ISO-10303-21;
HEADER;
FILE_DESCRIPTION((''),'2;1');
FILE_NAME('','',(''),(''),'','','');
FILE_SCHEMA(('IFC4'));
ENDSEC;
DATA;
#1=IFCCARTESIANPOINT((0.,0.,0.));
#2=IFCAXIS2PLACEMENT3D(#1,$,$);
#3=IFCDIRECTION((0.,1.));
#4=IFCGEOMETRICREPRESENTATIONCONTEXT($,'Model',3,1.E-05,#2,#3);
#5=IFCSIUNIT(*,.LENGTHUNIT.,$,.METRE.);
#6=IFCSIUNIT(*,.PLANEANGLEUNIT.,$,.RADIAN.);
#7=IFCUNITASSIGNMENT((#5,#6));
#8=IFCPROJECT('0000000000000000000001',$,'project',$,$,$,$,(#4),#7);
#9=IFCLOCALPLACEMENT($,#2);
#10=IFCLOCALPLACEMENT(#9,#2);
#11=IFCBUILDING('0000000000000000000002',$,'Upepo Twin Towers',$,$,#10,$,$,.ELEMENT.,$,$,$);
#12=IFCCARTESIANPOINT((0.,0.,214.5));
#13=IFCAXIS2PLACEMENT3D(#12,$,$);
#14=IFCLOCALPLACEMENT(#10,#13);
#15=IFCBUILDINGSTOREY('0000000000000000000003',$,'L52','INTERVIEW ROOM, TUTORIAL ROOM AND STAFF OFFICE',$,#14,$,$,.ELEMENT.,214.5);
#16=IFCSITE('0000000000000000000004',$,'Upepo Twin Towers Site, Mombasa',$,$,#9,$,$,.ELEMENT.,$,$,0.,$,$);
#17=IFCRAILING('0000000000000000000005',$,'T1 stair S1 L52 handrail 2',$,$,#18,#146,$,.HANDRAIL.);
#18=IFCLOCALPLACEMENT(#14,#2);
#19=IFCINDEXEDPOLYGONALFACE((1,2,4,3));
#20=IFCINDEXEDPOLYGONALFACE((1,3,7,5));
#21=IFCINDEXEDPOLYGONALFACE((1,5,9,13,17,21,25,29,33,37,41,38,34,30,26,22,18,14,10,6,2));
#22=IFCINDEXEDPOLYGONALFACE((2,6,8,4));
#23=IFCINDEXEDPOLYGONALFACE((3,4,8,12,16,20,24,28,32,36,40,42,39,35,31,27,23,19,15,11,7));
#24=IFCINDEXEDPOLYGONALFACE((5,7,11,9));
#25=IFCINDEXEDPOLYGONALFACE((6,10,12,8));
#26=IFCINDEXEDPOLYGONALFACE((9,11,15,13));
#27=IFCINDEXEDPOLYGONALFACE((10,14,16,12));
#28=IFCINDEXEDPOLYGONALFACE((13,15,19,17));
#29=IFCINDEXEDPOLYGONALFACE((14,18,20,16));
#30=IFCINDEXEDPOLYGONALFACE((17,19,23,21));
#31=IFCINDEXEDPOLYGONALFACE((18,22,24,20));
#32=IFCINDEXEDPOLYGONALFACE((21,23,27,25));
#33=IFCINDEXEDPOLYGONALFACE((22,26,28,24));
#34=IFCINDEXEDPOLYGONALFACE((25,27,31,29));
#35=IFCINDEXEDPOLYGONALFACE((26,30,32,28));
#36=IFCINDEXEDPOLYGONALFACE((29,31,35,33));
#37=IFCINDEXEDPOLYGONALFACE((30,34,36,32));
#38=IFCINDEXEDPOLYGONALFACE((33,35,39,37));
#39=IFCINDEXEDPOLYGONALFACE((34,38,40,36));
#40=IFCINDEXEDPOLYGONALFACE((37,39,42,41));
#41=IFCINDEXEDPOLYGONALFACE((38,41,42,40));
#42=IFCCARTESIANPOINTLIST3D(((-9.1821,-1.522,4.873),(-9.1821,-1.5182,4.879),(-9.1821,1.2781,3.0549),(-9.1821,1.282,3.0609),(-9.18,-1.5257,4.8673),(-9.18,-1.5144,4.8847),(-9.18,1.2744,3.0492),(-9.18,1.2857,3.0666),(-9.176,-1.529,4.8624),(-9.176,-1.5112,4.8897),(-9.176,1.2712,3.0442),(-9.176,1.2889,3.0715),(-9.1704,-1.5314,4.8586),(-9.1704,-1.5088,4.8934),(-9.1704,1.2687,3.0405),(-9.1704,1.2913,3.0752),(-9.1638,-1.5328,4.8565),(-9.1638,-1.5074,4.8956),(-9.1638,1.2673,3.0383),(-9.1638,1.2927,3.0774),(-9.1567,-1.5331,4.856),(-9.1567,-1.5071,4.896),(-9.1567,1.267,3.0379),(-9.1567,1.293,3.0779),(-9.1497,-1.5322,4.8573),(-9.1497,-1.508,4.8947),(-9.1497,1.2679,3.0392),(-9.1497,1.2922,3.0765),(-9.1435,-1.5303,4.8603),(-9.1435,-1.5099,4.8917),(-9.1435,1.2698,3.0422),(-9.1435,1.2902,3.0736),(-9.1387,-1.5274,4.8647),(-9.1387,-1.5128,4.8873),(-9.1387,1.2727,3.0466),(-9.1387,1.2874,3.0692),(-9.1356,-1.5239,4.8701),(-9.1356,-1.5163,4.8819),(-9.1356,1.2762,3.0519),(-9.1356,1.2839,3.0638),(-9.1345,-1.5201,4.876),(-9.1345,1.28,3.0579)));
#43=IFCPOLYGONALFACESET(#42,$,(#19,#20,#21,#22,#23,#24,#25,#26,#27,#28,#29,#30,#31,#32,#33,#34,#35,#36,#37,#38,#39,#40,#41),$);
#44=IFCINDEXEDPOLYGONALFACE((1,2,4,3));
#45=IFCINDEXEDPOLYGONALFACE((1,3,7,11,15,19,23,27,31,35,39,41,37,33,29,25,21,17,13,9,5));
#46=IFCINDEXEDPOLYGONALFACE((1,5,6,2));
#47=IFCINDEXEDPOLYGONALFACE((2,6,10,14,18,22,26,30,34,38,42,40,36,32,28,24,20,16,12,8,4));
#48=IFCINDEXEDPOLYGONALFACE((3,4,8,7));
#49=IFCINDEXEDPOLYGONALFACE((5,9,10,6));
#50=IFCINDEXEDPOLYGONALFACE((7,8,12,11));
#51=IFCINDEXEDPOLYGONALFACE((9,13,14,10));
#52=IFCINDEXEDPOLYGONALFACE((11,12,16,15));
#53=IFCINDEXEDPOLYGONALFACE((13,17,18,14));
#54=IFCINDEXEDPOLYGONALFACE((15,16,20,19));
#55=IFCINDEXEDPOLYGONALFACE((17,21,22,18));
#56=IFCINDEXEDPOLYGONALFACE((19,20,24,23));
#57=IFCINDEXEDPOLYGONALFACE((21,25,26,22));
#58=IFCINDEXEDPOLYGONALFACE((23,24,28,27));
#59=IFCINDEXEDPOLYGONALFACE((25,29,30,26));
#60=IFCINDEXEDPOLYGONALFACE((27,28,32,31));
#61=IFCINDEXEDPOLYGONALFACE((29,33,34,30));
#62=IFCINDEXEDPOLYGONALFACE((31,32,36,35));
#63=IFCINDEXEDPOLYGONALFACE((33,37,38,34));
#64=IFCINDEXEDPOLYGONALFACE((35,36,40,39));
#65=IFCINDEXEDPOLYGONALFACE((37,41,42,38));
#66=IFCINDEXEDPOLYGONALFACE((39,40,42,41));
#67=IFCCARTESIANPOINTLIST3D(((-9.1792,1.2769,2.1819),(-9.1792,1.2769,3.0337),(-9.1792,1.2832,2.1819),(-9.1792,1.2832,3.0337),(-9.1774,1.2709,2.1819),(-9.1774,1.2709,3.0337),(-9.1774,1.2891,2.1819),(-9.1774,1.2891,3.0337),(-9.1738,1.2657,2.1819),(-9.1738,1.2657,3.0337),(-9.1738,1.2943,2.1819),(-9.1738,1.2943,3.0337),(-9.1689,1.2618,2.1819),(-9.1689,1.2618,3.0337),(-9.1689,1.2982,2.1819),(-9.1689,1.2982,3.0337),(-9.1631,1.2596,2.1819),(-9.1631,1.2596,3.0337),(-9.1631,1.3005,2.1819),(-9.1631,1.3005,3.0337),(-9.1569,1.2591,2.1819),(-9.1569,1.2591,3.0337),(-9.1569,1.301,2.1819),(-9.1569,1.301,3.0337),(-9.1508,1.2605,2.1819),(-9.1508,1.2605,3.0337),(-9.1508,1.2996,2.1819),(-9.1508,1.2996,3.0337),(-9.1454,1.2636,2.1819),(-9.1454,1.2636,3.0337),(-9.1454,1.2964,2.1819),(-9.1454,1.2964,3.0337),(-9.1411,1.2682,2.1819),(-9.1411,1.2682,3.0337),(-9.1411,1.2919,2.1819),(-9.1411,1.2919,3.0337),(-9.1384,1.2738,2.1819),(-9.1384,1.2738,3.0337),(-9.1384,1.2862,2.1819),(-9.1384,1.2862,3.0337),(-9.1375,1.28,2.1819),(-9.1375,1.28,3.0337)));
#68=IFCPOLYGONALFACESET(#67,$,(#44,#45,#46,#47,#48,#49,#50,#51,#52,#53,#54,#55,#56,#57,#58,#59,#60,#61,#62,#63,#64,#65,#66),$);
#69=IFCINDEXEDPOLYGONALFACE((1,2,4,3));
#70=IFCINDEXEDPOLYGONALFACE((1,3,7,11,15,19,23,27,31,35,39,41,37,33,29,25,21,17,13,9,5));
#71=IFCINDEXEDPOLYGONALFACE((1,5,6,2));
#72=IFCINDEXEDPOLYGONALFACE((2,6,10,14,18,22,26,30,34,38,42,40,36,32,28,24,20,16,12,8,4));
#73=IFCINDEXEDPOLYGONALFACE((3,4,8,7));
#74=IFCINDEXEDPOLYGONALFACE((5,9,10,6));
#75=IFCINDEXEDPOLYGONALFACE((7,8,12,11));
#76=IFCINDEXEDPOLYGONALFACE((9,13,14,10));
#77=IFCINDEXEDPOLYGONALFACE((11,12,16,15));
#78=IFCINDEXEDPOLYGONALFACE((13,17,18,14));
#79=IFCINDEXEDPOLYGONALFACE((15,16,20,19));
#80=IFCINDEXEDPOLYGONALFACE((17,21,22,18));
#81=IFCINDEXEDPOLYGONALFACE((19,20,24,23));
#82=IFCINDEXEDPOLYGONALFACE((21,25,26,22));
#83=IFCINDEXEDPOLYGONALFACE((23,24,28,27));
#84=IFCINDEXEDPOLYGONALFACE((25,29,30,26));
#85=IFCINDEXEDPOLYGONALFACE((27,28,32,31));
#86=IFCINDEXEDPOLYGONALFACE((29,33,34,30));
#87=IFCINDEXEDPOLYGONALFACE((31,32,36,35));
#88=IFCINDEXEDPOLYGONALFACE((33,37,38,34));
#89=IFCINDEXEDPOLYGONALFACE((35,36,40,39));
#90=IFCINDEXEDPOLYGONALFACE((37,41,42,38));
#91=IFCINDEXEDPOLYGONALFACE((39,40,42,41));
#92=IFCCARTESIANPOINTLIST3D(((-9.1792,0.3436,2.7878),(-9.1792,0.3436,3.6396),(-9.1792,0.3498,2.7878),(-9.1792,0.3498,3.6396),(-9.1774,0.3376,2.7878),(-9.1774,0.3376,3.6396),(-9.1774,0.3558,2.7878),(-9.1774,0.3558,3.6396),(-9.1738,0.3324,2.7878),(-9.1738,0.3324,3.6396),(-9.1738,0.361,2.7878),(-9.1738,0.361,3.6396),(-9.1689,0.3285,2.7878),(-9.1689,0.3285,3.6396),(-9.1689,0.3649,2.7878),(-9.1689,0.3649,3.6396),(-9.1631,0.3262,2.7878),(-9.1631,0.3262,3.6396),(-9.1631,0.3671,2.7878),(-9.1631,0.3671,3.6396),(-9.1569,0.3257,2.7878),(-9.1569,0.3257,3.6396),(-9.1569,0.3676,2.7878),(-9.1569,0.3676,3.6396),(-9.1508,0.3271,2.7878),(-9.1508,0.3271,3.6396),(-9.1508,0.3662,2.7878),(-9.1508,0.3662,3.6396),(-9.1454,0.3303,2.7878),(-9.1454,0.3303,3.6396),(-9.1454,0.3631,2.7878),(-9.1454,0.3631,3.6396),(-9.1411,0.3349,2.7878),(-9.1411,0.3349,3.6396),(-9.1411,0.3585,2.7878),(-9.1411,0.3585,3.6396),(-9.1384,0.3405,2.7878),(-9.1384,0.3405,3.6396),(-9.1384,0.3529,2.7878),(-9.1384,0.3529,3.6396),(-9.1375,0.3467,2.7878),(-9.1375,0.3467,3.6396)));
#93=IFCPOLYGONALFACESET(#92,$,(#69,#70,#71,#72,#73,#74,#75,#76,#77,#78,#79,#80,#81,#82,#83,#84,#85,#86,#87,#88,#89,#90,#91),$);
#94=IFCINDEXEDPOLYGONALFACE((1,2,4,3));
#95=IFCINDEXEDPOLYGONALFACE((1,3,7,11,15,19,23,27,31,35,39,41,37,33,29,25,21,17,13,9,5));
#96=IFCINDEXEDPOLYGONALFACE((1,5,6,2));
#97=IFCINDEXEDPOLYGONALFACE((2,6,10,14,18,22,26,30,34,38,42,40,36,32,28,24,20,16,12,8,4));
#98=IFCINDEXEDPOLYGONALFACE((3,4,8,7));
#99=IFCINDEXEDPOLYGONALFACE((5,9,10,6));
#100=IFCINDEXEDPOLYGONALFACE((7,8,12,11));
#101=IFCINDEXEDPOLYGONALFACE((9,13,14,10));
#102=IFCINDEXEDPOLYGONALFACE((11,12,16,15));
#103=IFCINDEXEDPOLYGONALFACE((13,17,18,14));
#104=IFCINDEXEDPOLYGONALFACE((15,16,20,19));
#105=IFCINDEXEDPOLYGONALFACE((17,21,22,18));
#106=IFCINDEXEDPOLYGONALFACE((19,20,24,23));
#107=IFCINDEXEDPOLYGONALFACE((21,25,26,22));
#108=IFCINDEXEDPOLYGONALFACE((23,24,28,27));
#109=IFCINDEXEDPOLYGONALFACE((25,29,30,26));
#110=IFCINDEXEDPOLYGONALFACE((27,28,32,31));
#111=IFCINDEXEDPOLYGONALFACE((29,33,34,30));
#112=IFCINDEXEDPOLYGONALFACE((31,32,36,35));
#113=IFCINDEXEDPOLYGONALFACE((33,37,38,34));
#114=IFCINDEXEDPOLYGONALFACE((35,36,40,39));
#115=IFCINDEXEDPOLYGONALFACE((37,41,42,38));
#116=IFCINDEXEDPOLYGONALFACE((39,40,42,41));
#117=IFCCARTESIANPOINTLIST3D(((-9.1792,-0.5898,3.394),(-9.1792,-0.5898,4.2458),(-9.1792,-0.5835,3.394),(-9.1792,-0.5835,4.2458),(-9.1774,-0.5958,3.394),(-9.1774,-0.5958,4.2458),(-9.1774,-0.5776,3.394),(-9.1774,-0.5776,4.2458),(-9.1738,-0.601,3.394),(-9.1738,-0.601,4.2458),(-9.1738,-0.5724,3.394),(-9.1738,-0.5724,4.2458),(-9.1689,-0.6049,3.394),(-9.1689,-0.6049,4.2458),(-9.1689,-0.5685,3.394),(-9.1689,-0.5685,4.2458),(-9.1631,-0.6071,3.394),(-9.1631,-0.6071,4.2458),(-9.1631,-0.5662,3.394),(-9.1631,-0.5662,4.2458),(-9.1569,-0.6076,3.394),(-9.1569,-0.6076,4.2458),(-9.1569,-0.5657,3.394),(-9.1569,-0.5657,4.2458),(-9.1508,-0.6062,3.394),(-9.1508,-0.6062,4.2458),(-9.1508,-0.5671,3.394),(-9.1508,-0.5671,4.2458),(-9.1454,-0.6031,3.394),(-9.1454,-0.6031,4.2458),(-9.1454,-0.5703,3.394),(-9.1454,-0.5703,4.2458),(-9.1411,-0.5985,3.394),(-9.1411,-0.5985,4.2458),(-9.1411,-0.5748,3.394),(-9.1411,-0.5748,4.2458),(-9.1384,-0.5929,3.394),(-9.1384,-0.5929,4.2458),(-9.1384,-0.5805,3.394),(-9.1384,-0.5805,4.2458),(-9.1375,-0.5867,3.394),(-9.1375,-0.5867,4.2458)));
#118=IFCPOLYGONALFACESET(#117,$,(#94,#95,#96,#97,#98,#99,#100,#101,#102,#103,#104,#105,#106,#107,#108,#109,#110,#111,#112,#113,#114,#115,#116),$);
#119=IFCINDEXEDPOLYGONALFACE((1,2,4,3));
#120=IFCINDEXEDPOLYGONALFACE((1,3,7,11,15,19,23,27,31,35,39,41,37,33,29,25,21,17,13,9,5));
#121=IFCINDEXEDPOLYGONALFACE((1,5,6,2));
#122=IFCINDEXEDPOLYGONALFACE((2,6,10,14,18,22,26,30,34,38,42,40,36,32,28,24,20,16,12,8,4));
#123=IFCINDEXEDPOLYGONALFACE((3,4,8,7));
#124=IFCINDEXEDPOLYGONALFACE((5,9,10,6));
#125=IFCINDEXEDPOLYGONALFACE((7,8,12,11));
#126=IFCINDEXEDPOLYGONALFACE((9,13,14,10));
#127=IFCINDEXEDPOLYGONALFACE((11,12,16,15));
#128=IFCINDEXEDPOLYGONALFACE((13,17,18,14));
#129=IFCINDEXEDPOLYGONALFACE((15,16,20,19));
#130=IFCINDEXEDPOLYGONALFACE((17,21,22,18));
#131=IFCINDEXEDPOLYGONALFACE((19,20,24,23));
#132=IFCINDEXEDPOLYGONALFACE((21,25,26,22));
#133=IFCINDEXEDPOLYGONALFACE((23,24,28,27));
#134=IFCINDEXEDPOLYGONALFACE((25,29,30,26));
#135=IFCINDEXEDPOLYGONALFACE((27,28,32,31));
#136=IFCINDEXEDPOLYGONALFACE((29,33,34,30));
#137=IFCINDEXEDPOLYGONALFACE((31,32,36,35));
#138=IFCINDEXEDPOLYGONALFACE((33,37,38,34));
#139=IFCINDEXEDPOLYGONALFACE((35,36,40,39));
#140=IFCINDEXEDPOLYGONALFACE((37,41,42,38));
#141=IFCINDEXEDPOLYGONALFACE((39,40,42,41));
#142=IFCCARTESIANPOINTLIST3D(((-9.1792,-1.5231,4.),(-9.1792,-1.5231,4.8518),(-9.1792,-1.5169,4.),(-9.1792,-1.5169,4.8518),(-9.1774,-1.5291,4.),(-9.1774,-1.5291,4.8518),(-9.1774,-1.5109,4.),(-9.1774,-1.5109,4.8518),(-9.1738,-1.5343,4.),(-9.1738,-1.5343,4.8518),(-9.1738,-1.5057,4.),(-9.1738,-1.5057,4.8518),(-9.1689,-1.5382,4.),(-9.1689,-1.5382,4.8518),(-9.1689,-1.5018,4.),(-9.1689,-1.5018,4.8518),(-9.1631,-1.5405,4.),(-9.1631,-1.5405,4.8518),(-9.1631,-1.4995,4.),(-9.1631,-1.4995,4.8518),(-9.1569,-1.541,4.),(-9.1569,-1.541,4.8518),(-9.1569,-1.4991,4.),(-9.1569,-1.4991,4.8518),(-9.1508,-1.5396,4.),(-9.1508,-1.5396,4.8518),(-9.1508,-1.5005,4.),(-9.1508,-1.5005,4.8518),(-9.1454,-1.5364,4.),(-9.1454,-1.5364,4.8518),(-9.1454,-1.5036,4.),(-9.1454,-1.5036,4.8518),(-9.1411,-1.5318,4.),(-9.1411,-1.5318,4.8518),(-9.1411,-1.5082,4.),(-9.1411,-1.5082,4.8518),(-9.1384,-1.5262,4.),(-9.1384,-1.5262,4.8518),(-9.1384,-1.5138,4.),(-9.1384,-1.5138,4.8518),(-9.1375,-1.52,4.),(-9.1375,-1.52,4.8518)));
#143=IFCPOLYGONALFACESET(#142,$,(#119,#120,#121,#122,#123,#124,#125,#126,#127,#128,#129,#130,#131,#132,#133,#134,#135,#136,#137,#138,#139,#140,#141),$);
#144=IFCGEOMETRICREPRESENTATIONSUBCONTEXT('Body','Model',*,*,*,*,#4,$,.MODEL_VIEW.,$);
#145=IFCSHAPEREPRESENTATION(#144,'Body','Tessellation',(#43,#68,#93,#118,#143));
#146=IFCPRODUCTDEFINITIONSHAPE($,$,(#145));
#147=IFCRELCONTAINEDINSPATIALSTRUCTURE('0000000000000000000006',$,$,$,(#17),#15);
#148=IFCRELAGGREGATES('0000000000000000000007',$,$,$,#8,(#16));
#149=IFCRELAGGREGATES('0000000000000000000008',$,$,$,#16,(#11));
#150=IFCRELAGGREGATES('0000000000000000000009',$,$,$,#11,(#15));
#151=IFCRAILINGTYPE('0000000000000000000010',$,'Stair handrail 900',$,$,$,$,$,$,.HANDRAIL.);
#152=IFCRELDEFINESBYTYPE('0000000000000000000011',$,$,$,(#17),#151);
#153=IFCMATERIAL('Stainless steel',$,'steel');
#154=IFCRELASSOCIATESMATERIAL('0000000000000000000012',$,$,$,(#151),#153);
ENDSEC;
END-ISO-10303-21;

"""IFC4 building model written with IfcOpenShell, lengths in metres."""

from ifc_helpers import new_model, si_unit, direction, frame, origin, origin_2d, place, context, subcontext, project, spatial, circle, extrude, material, type_object, element, save


model = new_model("IFC4")

# Units and contexts
model_context = context("Model", 3, precision=1e-05, world=origin(), true_north=direction((0.0, 1.0)))
body_context = subcontext(model_context, "Body", "Model", "MODEL_VIEW")
ifc_project = project(units=[si_unit("LENGTHUNIT", "METRE"), si_unit("PLANEANGLEUNIT", "RADIAN")], contexts=[model_context])

# Site, building, storey
site_placement = place(None, origin())
site = spatial("IfcSite", under=ifc_project, at=site_placement, Name="Upepo Twin Towers Site, Mombasa", CompositionType="ELEMENT", RefElevation=0.0)
building_placement = place(site_placement, origin())
building = spatial("IfcBuilding", under=site, at=building_placement, Name="Upepo Twin Towers", CompositionType="ELEMENT")
storey_placement = place(building_placement, frame((0.0, 0.0, 214.5)))
storey = spatial("IfcBuildingStorey", under=building, at=storey_placement, Name="L52", Description="INTERVIEW ROOM, TUTORIAL ROOM AND STAFF OFFICE", CompositionType="ELEMENT", Elevation=214.5)

# Railing
ifc_material_1 = material(Name="Stainless steel", Category="steel")
railing_type = type_object("IfcRailingType", Name="Stair handrail 900", PredefinedType="HANDRAIL", material=ifc_material_1)
railing_1_placement = place(storey_placement, frame((-9.1584, 1.28, 2.1819)))
element("IfcRailing", 1, at=railing_1_placement, inside=storey, type_object=railing_type, Name="T1 stair S1 L52 handrail 2", PredefinedType="HANDRAIL", context=body_context, shape_type="SweptSolid", body=[
    extrude(circle(Radius=0.0239, at=origin_2d()), frame((0.0, 0.0, 0.876), z_axis=(0.0, -0.838706, 0.544585), x_axis=(1.0, 0.0, 0.0)), (0.0, 0.0, 1.0), 3.3386),
    extrude(circle(Radius=0.021, at=origin_2d()), origin(), (0.0, 0.0, 1.0), 0.8518),
    extrude(circle(Radius=0.021, at=origin_2d()), frame((0.0, -0.9333, 0.606)), (0.0, 0.0, 1.0), 0.8518),
    extrude(circle(Radius=0.021, at=origin_2d()), frame((0.0, -1.8667, 1.2122)), (0.0, 0.0, 1.0), 0.8518),
    extrude(circle(Radius=0.021, at=origin_2d()), frame((0.0, -2.8, 1.8181)), (0.0, 0.0, 1.0), 0.8518),
])

save(model, "model.ifc")
